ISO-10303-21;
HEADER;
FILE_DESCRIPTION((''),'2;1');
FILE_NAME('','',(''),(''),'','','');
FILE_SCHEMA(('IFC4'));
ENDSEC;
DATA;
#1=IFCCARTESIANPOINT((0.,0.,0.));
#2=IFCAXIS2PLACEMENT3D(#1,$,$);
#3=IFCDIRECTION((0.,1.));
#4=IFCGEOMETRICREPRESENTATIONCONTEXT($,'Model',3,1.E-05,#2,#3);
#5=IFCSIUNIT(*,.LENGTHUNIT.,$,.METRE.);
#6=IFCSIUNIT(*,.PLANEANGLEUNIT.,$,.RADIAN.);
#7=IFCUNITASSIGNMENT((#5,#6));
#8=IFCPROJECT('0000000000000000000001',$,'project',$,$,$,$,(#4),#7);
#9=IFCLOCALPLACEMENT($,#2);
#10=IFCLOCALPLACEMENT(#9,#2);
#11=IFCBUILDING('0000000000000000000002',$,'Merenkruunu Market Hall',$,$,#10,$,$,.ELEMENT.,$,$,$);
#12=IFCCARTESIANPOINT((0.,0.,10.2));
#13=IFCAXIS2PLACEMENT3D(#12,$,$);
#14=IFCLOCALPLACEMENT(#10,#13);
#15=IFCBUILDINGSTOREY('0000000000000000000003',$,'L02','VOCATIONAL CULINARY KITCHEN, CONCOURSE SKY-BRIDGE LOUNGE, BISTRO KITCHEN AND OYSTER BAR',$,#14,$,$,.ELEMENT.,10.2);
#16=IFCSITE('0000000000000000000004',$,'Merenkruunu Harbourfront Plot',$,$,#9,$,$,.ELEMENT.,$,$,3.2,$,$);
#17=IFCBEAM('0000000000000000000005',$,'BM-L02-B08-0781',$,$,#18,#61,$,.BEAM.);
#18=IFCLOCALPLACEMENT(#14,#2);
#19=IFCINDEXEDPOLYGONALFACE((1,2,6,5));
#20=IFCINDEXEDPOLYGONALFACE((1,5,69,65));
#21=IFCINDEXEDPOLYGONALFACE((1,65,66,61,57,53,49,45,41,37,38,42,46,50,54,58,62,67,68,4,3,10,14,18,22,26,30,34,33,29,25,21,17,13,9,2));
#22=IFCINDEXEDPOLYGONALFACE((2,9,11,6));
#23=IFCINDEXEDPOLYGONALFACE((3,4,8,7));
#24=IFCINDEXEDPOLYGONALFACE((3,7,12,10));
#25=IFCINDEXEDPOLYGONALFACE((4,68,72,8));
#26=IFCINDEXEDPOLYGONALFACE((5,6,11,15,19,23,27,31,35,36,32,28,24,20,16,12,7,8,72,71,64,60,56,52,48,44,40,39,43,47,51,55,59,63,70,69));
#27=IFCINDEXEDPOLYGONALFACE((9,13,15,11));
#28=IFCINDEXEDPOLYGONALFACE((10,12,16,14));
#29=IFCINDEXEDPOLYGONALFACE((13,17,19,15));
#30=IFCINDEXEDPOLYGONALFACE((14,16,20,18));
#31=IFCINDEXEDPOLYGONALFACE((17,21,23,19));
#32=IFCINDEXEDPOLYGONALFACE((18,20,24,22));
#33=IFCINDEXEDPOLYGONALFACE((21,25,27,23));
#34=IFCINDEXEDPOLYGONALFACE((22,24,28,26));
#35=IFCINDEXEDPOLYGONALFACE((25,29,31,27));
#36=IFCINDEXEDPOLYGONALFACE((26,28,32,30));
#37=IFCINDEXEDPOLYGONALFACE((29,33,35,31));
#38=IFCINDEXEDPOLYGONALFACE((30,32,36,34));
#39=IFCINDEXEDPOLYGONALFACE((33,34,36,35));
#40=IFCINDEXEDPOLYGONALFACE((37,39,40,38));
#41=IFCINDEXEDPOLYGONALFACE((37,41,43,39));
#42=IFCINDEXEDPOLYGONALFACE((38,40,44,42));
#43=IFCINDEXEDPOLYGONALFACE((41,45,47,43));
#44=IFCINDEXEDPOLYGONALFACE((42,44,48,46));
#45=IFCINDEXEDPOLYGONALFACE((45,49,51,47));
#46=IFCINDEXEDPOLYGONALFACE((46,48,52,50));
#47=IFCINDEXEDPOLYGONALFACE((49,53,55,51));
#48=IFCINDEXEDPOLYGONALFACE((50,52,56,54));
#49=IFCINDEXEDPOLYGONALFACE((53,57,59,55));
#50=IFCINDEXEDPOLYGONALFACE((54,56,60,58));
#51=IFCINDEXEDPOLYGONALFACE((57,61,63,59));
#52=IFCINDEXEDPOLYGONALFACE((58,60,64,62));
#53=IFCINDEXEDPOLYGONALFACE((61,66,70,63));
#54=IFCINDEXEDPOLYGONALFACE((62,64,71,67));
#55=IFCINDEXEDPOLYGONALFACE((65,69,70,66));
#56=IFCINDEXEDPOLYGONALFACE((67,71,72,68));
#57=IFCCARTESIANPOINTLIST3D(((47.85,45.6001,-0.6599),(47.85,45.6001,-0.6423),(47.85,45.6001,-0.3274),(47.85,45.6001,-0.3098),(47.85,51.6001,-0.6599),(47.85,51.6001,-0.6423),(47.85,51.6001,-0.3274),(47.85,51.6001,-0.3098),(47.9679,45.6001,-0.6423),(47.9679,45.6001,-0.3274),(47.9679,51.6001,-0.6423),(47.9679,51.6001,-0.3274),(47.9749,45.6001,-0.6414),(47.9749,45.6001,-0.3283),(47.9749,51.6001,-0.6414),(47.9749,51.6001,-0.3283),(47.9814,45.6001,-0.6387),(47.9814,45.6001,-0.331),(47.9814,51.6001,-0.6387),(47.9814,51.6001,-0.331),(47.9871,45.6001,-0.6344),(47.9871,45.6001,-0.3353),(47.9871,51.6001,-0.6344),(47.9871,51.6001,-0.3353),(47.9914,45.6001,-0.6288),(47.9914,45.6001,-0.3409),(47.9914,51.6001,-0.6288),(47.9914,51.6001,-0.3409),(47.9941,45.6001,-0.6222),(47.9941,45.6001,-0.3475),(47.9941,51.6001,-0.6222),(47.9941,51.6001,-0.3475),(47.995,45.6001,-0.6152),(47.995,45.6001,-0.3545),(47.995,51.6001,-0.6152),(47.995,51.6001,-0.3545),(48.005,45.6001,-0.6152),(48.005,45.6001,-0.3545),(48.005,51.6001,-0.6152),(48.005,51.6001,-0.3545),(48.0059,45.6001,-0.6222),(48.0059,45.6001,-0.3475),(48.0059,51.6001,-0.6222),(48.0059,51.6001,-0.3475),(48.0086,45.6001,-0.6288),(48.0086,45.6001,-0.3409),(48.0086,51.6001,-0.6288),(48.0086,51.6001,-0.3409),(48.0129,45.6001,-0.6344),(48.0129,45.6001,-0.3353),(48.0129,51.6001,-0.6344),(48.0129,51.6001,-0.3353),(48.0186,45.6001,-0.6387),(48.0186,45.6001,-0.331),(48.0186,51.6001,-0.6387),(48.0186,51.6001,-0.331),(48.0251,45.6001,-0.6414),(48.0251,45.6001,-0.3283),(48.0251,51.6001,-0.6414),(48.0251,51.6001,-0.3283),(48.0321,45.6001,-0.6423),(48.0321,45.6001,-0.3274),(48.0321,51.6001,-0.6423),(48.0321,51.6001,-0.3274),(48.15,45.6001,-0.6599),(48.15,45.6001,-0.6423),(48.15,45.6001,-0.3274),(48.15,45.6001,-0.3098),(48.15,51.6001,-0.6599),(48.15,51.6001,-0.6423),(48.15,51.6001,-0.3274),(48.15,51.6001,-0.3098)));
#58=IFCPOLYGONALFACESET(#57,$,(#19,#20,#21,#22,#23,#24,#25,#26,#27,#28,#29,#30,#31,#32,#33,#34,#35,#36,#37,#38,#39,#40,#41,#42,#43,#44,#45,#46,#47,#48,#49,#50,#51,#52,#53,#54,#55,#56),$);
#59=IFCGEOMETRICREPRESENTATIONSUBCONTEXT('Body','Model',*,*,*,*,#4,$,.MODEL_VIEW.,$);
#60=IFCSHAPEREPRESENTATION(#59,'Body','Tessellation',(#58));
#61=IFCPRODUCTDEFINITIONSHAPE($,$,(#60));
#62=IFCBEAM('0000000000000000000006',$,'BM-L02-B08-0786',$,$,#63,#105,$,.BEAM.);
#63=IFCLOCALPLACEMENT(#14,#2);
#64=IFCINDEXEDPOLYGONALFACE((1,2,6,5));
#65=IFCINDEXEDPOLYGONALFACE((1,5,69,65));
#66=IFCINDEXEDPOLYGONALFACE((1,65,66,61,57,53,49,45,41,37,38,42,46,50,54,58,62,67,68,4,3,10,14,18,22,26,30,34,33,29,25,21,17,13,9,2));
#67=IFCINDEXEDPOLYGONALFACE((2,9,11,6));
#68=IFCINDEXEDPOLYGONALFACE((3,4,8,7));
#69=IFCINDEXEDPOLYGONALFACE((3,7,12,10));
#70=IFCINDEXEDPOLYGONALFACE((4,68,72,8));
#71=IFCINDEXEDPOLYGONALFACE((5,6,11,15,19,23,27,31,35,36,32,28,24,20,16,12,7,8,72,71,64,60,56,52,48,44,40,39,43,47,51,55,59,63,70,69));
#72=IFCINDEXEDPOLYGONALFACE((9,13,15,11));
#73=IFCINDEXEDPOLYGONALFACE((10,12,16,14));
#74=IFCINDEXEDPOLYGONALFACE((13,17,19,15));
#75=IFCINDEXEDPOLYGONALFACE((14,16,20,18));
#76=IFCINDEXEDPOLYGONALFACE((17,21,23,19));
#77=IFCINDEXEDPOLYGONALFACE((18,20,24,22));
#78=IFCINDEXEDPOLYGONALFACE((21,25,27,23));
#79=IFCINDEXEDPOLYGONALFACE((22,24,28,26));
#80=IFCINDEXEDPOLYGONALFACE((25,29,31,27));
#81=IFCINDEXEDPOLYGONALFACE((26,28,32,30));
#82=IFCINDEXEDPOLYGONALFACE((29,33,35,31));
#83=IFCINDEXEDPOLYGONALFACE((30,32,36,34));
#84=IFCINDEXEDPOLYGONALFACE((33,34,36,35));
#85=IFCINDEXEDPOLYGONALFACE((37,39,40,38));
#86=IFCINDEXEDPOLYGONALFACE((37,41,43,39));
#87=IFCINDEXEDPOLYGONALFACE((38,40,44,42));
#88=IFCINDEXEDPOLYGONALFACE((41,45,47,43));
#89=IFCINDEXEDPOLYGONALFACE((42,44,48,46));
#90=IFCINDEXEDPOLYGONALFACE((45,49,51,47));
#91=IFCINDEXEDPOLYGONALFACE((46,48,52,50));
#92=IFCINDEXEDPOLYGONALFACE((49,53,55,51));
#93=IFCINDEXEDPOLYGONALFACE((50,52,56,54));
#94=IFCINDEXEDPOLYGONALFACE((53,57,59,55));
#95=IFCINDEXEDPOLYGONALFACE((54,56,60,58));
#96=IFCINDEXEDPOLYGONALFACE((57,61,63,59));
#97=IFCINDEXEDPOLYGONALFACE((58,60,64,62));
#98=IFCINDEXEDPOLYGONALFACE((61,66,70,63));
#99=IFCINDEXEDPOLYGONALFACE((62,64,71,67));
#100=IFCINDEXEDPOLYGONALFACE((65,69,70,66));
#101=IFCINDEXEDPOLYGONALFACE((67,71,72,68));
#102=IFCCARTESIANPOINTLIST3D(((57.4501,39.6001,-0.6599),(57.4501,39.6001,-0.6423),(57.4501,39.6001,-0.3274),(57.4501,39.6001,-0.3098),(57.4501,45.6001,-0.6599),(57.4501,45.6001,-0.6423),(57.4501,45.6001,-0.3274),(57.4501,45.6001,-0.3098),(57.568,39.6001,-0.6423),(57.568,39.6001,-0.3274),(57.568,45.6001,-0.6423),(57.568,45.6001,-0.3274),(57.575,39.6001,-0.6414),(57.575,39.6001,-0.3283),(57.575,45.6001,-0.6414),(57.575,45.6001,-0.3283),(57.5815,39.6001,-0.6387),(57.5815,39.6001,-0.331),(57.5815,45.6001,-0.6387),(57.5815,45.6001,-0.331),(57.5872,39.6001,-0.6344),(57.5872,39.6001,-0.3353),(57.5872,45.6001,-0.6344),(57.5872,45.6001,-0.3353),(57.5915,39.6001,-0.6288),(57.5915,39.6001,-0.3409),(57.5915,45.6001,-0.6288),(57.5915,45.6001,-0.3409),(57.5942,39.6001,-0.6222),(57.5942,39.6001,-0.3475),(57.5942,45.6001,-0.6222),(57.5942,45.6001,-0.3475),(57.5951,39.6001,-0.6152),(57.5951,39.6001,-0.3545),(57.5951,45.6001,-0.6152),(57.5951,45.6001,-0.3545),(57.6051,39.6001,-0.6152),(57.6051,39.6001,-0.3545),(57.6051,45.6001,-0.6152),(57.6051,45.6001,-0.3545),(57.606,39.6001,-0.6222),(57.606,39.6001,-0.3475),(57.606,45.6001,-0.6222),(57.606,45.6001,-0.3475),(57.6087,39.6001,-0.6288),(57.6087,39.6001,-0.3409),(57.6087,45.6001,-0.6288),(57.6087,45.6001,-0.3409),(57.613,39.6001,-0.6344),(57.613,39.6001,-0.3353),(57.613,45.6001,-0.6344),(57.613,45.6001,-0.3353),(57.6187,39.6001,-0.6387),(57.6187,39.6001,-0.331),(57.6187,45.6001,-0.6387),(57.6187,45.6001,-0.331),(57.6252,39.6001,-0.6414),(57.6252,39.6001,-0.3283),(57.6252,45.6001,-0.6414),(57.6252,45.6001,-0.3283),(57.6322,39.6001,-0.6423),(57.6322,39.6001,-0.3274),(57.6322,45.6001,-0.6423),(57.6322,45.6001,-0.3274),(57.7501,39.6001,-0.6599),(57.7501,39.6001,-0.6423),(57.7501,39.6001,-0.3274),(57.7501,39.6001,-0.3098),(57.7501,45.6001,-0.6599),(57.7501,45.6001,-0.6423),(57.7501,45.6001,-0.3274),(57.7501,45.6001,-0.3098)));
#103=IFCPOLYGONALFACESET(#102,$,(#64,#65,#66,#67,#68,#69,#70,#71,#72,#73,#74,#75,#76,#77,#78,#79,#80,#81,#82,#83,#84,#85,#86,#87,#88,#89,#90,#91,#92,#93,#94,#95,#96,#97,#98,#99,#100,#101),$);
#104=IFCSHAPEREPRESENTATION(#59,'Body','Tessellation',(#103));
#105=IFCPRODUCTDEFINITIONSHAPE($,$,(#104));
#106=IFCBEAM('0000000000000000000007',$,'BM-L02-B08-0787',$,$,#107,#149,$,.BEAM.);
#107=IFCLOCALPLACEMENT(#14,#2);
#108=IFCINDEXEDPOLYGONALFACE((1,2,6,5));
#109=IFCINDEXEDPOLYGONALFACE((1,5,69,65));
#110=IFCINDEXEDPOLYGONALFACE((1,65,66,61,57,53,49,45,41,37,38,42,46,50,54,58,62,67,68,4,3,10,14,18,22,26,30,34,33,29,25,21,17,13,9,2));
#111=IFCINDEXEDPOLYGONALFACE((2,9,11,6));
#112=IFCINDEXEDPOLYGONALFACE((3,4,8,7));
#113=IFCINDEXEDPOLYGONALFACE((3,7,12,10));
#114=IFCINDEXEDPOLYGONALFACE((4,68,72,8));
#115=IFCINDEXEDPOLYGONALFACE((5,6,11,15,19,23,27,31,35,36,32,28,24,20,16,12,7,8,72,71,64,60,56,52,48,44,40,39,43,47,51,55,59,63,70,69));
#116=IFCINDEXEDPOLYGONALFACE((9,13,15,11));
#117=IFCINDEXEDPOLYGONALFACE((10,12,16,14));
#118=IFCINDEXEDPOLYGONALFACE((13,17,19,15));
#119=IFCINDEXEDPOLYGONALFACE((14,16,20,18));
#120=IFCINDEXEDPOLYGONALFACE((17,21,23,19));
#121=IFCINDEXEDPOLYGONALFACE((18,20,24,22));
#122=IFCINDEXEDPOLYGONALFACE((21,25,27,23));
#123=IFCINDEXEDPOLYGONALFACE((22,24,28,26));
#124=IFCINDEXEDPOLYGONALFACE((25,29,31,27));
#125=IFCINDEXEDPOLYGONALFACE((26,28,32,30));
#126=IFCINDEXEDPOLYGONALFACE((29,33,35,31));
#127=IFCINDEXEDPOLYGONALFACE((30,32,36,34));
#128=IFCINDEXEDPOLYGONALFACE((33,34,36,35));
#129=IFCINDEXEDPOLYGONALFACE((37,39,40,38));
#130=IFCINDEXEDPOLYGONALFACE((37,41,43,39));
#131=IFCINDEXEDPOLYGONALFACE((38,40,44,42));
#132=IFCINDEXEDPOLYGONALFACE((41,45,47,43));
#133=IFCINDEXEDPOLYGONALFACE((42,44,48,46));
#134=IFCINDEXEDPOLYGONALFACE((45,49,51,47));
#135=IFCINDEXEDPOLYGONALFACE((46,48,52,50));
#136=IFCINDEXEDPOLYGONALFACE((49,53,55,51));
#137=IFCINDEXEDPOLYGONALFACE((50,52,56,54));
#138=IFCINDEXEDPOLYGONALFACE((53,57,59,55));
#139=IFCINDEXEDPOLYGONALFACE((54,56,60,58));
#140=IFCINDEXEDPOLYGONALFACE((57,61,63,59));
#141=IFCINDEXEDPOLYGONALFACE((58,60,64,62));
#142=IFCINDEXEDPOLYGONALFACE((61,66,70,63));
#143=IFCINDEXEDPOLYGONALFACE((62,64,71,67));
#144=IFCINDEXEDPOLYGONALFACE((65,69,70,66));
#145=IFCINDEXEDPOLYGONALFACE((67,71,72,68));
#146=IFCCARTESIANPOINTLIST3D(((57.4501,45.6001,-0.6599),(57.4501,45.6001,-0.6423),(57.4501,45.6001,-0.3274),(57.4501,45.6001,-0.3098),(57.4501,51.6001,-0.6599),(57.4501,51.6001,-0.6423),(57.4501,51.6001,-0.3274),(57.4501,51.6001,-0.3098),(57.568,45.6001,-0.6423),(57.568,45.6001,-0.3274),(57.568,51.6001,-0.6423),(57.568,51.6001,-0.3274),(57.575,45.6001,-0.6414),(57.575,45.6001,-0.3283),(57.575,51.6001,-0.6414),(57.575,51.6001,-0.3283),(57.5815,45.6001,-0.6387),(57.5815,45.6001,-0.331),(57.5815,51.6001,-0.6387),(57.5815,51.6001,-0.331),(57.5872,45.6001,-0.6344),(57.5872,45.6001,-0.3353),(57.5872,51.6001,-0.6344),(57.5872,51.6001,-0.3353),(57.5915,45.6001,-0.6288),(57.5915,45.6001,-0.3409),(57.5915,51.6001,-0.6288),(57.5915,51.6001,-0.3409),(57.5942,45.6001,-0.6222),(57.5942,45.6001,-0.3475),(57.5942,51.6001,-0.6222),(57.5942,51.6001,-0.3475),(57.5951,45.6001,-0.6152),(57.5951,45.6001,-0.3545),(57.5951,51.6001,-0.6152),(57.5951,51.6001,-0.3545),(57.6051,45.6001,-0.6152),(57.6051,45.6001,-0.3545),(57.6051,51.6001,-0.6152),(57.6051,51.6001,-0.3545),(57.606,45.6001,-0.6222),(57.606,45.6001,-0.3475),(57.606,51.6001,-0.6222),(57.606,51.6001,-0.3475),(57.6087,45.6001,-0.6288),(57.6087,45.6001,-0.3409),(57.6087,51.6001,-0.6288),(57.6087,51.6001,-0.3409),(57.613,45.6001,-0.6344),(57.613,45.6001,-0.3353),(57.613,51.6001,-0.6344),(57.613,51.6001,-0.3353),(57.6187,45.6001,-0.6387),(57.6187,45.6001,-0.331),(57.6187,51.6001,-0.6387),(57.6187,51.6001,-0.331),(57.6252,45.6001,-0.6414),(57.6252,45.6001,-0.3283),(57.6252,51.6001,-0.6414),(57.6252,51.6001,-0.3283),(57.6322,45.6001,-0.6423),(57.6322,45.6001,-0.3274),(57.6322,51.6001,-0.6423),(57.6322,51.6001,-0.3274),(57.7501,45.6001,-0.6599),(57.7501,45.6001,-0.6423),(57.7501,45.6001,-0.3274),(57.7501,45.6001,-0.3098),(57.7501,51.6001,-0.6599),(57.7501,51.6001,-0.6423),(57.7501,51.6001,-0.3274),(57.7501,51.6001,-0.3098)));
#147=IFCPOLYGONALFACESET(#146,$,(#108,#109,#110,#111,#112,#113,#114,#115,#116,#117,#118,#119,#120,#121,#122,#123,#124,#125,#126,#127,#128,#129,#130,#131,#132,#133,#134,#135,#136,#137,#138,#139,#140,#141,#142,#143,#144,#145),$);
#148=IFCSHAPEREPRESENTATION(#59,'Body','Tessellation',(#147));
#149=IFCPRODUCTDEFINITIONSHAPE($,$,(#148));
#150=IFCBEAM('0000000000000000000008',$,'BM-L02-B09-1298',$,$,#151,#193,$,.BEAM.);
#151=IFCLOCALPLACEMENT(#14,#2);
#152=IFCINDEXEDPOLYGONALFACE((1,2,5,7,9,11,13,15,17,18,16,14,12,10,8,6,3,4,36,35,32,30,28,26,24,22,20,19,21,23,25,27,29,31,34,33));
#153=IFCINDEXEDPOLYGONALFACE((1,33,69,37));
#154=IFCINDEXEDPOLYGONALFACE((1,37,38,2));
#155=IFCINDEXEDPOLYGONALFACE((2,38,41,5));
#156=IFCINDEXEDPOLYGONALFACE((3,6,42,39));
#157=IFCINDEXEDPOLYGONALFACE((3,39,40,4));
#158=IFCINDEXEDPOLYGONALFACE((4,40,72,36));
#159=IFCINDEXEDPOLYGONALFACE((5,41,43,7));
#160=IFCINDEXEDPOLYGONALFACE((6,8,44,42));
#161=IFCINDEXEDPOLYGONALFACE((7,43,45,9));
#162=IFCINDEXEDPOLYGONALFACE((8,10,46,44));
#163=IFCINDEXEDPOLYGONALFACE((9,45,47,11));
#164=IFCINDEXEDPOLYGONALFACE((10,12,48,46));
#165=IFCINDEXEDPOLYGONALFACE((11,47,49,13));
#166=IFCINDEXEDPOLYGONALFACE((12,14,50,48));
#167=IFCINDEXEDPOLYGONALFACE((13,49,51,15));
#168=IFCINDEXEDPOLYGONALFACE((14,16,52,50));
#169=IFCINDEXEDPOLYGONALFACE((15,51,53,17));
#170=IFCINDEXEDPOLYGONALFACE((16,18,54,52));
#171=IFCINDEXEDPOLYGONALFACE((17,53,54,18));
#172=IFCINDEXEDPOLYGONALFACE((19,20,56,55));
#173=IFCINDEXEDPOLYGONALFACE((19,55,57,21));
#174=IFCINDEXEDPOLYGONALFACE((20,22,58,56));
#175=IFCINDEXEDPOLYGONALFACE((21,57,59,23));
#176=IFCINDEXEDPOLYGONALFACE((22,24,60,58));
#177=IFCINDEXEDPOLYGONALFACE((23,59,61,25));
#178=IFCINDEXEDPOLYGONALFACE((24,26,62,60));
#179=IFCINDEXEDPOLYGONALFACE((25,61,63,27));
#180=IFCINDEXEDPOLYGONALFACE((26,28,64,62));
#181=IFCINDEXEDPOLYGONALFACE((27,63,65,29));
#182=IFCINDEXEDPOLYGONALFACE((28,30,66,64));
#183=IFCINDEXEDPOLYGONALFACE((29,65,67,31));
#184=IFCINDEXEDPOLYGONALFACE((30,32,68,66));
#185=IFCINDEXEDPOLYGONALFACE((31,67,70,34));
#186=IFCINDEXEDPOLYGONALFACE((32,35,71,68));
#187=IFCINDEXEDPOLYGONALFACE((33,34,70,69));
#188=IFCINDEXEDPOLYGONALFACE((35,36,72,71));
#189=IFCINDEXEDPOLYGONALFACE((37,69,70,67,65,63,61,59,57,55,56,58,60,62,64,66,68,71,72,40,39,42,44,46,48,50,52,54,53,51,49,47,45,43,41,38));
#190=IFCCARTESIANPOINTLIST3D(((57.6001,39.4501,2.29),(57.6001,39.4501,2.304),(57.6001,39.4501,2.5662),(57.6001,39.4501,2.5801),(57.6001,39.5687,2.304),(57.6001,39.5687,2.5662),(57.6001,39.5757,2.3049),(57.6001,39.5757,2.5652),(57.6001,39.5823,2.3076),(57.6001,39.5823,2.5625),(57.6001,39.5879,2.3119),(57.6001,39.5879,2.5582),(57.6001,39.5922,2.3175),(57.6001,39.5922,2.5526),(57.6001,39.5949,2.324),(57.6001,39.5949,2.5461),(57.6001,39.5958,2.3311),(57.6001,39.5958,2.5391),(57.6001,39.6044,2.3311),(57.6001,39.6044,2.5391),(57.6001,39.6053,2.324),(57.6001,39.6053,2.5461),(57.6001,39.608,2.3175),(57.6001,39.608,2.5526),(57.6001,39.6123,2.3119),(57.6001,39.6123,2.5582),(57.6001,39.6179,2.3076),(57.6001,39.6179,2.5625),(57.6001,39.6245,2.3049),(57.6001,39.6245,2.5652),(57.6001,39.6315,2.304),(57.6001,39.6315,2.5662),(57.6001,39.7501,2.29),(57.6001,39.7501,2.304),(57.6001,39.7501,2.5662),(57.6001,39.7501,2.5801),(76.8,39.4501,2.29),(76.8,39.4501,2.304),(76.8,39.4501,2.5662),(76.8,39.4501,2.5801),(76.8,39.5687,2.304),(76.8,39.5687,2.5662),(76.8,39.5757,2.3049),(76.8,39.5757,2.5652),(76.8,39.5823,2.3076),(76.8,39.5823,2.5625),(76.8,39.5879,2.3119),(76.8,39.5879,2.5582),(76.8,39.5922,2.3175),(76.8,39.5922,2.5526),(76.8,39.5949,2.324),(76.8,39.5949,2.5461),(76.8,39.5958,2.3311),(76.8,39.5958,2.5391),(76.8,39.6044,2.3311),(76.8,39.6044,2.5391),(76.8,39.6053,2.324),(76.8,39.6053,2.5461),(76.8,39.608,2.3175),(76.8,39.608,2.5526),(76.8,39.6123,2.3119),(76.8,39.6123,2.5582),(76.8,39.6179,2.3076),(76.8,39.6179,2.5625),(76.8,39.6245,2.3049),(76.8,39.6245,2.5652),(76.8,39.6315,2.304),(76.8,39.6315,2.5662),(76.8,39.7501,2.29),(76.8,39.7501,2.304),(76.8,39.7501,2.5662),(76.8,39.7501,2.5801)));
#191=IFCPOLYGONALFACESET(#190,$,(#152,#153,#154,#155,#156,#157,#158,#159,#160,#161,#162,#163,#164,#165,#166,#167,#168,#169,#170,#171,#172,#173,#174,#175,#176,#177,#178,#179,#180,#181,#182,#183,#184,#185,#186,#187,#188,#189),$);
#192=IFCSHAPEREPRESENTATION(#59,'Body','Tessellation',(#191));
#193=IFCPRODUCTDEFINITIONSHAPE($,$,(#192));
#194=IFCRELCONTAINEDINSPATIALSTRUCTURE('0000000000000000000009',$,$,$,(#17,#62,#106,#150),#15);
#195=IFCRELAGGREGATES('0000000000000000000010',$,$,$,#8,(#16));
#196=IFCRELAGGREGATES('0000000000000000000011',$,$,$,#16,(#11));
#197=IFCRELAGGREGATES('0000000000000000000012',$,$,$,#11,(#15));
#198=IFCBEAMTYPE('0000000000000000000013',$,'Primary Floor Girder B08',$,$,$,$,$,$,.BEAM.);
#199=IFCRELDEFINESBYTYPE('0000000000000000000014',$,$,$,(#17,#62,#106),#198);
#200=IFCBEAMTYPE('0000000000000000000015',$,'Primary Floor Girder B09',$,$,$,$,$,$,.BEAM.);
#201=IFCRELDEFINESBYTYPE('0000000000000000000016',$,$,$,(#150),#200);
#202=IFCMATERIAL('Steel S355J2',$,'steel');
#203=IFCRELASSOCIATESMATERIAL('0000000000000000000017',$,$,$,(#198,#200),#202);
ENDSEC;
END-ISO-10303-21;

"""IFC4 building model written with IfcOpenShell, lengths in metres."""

from ifc_helpers import new_model, si_unit, direction, frame, origin, origin_2d, place, context, subcontext, project, spatial, i_section, extrude, material, material_profile, profile_set, type_object, element, save


model = new_model("IFC4")

# Units and contexts
model_context = context("Model", 3, precision=1e-05, world=origin(), true_north=direction((0.0, 1.0)))
body_context = subcontext(model_context, "Body", "Model", "MODEL_VIEW")
ifc_project = project(units=[si_unit("LENGTHUNIT", "METRE"), si_unit("PLANEANGLEUNIT", "RADIAN")], contexts=[model_context])

# Site, building, storey
site_placement = place(None, origin())
site = spatial("IfcSite", under=ifc_project, at=site_placement, Name="Merenkruunu Harbourfront Plot", CompositionType="ELEMENT", RefElevation=3.2)
building_placement = place(site_placement, origin())
building = spatial("IfcBuilding", under=site, at=building_placement, Name="Merenkruunu Market Hall", CompositionType="ELEMENT")
storey_placement = place(building_placement, frame((0.0, 0.0, 10.2)))
storey = spatial("IfcBuildingStorey", under=building, at=storey_placement, Name="L02", Description="VOCATIONAL CULINARY KITCHEN, CONCOURSE SKY-BRIDGE LOUNGE, BISTRO KITCHEN AND OYSTER BAR", CompositionType="ELEMENT", Elevation=10.2)

# Shared definitions
ifc_material_1 = material(Name="Steel S355J2", Category="steel")

# Beams
ifc_material_profile_1 = material_profile(ifc_material_1, i_section(OverallWidth=0.3, OverallDepth=0.3501, WebThickness=0.01, FlangeThickness=0.0176, FilletRadius=0.0271, at=origin_2d()), Name="HEA 360")
ifc_profile_set_1 = profile_set([ifc_material_profile_1], Name="Steel S355J2")
beam_type_1 = type_object("IfcBeamType", Name="Primary Floor Girder B08", PredefinedType="BEAM", material=ifc_profile_set_1)
for number, where, z_axis, x_axis, name in (
    (1, (48.0, 45.6001, -0.4849), (0.0, 1.0, 0.0), (-1.0, 0.0, 0.0), "BM-L02-B08-0781"),
    (2, (57.6001, 39.6001, -0.4849), (0.0, 1.0, 0.0), (-1.0, 0.0, 0.0), "BM-L02-B08-0786"),
    (3, (57.6001, 45.6001, -0.4849), (0.0, 1.0, 0.0), (-1.0, 0.0, 0.0), "BM-L02-B08-0787"),
):
    element("IfcBeam", number, at=place(storey_placement, frame(where, z_axis=z_axis, x_axis=x_axis)), inside=storey, type_object=beam_type_1, Name=name, PredefinedType="BEAM", context=body_context, shape_type="SweptSolid", body=[
        extrude(i_section(OverallWidth=0.3, OverallDepth=0.3501, WebThickness=0.01, FlangeThickness=0.0176, FilletRadius=0.0271, at=origin_2d()), origin(), (0.0, 0.0, 1.0), 6.0),
    ])
ifc_material_profile_2 = material_profile(ifc_material_1, i_section(OverallWidth=0.3, OverallDepth=0.29, WebThickness=0.0085, FlangeThickness=0.0139, FilletRadius=0.0271, at=origin_2d()), Name="HEA 300")
ifc_profile_set_2 = profile_set([ifc_material_profile_2], Name="Steel S355J2")
beam_type_2 = type_object("IfcBeamType", Name="Primary Floor Girder B09", PredefinedType="BEAM", material=ifc_profile_set_2)
for number, where, z_axis, x_axis, name in (
    (4, (57.6001, 39.6001, 2.4351), (1.0, 0.0, 0.0), (0.0, 1.0, 0.0), "BM-L02-B09-1298"),
):
    element("IfcBeam", number, at=place(storey_placement, frame(where, z_axis=z_axis, x_axis=x_axis)), inside=storey, type_object=beam_type_2, Name=name, PredefinedType="BEAM", context=body_context, shape_type="SweptSolid", body=[
        extrude(i_section(OverallWidth=0.3, OverallDepth=0.29, WebThickness=0.0085, FlangeThickness=0.0139, FilletRadius=0.0271, at=origin_2d()), origin(), (0.0, 0.0, 1.0), 19.2),
    ])

save(model, "model.ifc")
